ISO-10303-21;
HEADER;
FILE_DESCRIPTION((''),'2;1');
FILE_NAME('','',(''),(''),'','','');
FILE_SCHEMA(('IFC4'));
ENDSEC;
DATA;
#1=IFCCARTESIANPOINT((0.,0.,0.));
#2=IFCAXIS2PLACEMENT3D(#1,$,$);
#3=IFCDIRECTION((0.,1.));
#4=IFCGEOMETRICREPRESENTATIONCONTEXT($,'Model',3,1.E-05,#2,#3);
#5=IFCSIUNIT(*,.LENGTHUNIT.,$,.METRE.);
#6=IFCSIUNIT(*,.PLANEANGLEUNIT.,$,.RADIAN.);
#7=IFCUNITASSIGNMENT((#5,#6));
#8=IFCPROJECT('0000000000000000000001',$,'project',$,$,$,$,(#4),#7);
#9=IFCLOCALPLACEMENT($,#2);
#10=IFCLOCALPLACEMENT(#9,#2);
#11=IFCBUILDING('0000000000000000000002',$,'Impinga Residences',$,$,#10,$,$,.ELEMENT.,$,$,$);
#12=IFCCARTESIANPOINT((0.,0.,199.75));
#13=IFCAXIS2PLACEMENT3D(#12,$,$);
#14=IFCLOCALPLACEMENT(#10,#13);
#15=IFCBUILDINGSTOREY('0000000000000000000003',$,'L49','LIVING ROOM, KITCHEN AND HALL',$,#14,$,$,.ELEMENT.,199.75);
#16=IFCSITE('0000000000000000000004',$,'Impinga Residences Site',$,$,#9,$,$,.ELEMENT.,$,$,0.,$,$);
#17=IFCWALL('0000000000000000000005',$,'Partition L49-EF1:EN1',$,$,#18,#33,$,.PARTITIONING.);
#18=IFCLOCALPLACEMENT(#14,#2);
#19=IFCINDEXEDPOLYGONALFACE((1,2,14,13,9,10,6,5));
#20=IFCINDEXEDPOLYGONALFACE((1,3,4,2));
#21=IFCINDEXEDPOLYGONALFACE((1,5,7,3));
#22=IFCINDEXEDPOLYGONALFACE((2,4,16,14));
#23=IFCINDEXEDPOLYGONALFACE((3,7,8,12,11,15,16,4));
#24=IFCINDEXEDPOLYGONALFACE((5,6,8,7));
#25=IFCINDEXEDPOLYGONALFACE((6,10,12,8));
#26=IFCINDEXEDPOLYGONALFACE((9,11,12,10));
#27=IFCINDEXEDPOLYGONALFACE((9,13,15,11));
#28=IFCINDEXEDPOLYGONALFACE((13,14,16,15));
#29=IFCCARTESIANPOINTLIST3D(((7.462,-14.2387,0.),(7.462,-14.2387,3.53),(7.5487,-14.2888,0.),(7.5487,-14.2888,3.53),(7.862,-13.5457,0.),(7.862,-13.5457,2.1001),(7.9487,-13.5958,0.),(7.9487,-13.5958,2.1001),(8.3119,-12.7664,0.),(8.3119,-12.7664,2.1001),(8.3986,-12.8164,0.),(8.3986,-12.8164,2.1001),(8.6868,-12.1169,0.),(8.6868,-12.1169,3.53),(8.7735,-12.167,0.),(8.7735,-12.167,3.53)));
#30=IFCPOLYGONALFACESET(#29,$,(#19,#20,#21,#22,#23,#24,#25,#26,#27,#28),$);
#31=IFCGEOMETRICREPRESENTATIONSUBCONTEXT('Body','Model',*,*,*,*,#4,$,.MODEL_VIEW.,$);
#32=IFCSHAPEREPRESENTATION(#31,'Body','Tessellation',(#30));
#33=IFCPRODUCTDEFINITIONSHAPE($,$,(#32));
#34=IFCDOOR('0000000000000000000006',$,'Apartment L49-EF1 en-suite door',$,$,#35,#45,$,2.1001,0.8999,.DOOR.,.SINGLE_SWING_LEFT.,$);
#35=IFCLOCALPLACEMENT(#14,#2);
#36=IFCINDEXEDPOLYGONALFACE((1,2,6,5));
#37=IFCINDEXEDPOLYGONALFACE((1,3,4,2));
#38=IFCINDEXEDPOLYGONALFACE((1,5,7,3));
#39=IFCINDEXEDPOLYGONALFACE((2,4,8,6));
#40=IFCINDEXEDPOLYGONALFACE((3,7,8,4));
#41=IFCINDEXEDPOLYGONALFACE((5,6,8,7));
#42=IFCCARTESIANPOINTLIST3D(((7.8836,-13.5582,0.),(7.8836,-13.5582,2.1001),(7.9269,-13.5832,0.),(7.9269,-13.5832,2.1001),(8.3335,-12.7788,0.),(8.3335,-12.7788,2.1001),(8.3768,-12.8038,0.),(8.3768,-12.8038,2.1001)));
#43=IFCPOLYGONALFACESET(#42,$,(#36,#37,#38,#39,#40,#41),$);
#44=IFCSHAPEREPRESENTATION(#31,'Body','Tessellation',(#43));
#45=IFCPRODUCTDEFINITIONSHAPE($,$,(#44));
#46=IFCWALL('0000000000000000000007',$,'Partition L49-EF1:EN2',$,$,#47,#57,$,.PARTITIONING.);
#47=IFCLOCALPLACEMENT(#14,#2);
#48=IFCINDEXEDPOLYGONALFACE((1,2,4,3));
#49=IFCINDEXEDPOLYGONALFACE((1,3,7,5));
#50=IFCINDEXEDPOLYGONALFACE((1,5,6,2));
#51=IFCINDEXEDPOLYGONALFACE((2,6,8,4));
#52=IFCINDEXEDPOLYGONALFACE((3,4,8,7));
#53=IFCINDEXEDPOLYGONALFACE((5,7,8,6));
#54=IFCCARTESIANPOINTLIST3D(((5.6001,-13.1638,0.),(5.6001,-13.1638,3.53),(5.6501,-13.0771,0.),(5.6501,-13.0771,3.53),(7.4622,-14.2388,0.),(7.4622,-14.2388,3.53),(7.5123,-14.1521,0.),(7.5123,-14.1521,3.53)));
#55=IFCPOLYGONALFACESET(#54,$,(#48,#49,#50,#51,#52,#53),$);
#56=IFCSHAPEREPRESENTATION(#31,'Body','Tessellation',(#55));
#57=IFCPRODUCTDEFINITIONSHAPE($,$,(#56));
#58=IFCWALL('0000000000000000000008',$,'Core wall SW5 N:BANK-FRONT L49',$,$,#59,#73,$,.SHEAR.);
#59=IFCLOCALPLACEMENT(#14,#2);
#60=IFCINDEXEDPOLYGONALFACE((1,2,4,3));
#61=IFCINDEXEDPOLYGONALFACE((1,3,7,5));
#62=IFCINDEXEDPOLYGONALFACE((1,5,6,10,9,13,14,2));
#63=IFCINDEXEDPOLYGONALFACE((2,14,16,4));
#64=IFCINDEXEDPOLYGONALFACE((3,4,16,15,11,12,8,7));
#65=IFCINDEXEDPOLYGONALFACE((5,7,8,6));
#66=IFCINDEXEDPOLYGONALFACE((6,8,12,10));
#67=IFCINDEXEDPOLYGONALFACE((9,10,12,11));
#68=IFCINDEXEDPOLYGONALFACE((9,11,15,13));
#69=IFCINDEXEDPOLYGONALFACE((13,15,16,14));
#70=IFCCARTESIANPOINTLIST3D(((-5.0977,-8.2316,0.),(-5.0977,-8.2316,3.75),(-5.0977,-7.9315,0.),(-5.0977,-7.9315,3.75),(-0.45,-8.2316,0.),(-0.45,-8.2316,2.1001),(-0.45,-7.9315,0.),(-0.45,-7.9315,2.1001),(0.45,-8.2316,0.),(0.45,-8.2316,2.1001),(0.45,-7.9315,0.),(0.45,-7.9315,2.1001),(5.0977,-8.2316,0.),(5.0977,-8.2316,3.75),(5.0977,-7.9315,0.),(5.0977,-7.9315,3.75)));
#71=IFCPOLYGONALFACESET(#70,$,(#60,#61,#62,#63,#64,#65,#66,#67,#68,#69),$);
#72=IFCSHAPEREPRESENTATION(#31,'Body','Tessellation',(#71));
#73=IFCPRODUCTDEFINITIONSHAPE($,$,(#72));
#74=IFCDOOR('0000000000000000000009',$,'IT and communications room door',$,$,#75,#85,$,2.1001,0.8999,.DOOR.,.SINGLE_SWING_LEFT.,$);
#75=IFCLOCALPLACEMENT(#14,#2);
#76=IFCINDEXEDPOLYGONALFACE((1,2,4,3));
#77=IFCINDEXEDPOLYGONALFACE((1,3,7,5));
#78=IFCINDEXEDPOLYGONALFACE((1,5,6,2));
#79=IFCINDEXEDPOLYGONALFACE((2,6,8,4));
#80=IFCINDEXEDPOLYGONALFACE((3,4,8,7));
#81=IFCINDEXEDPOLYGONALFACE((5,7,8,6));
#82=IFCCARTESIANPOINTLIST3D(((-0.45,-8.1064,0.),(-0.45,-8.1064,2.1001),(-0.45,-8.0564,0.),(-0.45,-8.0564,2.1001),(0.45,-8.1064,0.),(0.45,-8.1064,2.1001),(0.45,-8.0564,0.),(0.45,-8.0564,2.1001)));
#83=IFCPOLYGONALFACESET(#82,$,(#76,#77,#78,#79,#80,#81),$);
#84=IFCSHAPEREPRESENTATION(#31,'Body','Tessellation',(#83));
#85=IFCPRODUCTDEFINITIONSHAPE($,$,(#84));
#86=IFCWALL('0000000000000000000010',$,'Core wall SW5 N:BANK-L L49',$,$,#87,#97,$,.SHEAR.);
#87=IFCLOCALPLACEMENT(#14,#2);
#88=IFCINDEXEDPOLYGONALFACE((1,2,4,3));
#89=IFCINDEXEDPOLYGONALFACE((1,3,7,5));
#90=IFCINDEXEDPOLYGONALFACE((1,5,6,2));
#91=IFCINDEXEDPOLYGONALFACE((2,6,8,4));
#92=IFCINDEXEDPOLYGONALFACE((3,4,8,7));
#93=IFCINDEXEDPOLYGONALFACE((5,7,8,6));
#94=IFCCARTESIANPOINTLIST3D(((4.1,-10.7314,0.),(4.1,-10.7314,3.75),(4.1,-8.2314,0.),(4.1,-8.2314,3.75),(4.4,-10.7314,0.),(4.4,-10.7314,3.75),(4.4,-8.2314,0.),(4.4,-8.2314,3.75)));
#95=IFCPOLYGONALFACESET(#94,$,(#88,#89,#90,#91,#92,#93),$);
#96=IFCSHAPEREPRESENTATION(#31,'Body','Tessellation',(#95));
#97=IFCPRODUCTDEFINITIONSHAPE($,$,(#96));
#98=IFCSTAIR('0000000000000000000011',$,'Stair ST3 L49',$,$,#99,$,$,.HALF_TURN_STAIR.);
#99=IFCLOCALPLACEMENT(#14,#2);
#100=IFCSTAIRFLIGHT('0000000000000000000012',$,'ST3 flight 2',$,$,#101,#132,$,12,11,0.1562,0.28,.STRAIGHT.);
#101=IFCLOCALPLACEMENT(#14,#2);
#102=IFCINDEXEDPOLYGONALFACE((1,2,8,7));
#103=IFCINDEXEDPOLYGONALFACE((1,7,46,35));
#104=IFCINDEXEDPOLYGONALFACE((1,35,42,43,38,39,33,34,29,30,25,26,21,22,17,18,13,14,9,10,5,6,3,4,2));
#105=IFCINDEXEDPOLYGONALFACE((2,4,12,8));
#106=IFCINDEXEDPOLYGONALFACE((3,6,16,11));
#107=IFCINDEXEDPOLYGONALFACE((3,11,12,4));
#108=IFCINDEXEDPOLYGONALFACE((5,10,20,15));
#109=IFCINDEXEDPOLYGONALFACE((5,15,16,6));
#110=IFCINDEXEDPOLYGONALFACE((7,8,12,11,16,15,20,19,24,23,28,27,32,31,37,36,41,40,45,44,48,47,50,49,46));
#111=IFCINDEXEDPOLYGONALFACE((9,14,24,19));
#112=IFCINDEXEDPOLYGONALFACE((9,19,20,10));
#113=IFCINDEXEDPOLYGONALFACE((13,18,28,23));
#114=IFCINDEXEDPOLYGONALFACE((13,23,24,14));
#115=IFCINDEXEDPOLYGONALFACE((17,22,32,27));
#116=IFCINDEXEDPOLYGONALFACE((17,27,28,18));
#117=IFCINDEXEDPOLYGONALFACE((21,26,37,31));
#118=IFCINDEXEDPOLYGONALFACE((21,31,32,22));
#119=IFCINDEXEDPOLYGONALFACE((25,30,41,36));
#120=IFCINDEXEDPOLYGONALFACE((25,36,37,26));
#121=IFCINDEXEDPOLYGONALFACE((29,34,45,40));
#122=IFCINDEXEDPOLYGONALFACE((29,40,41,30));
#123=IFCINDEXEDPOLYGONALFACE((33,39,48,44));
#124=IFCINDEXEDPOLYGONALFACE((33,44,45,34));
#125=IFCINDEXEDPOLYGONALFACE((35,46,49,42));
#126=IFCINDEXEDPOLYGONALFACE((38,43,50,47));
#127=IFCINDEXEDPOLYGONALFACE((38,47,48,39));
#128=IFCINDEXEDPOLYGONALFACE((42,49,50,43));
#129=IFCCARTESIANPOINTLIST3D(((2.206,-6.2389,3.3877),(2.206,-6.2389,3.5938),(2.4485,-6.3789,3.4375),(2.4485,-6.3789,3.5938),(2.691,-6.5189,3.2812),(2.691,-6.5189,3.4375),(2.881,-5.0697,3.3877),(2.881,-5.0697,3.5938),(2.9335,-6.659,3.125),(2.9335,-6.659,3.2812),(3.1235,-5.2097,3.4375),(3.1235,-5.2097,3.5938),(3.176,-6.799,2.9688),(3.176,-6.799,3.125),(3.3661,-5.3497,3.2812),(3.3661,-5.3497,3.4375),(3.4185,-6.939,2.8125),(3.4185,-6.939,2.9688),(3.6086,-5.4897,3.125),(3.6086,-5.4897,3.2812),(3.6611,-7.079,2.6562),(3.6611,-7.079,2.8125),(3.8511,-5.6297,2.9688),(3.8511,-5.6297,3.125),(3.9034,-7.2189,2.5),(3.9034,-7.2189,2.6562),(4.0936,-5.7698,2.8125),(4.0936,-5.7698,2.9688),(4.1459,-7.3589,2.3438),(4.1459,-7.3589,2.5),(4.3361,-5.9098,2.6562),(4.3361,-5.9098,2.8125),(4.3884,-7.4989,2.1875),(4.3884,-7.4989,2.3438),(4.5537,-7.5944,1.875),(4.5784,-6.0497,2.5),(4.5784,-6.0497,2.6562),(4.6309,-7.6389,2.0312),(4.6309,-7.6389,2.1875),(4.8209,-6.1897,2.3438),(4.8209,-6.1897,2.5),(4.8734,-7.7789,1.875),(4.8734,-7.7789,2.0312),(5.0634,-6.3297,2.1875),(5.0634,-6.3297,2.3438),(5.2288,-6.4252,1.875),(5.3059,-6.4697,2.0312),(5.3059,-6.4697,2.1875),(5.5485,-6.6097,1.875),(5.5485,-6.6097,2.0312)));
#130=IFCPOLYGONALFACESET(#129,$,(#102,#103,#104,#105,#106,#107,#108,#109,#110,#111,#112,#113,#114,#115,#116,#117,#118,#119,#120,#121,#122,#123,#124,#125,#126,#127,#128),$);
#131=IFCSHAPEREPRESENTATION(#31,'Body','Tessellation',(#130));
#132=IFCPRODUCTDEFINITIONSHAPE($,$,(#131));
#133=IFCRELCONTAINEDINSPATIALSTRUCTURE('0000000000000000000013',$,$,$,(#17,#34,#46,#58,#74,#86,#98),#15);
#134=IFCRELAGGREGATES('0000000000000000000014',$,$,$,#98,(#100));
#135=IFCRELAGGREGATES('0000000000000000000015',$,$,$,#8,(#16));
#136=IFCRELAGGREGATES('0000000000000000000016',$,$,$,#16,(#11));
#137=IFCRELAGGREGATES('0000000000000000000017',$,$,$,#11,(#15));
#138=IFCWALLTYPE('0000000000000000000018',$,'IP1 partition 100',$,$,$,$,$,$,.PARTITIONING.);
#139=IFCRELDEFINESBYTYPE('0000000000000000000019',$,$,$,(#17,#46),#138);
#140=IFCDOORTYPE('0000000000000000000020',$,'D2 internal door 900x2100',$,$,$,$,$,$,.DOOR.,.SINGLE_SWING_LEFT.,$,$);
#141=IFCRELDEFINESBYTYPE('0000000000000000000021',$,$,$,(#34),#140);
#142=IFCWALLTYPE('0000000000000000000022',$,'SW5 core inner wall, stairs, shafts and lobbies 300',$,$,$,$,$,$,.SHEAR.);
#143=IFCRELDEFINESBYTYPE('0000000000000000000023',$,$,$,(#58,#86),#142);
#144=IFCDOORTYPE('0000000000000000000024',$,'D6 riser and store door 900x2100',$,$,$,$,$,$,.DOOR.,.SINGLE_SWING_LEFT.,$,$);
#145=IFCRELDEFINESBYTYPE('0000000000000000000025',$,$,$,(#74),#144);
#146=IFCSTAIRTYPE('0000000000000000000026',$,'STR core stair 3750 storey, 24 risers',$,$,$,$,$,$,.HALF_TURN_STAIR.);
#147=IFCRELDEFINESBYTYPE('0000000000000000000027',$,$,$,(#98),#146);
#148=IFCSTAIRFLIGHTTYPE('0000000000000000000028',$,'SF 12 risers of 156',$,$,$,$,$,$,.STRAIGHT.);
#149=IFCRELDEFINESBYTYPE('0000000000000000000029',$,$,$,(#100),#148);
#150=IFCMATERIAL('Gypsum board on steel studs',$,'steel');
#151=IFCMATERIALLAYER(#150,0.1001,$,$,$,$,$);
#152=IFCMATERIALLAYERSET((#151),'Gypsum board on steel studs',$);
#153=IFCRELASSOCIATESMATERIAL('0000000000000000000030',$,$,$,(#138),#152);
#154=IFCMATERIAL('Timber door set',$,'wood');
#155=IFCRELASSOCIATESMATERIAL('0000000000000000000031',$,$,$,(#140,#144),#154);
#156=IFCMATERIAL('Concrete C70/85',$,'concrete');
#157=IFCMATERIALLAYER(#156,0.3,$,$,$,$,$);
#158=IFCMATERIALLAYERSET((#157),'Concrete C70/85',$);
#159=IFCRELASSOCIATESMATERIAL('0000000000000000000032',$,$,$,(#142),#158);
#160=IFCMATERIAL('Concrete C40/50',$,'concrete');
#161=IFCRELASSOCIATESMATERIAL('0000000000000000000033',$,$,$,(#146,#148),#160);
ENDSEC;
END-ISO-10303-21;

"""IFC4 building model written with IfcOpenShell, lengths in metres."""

from ifc_helpers import new_model, si_unit, direction, frame, frame_2d, origin, place, context, subcontext, project, spatial, polyline, rectangle, outline, extrude, material, layer, layer_set, type_object, element, fill, aggregate, save


model = new_model("IFC4")

# Units and contexts
model_context = context("Model", 3, precision=1e-05, world=origin(), true_north=direction((0.0, 1.0)))
body_context = subcontext(model_context, "Body", "Model", "MODEL_VIEW")
ifc_project = project(units=[si_unit("LENGTHUNIT", "METRE"), si_unit("PLANEANGLEUNIT", "RADIAN")], contexts=[model_context])

# Site, building, storey
site_placement = place(None, origin())
site = spatial("IfcSite", under=ifc_project, at=site_placement, Name="Impinga Residences Site", CompositionType="ELEMENT", RefElevation=0.0)
building_placement = place(site_placement, origin())
building = spatial("IfcBuilding", under=site, at=building_placement, Name="Impinga Residences", CompositionType="ELEMENT")
storey_placement = place(building_placement, frame((0.0, 0.0, 199.75)))
storey = spatial("IfcBuildingStorey", under=building, at=storey_placement, Name="L49", Description="LIVING ROOM, KITCHEN AND HALL", CompositionType="ELEMENT", Elevation=199.75)

# Shared definitions
ifc_material_1 = material(Name="Timber door set", Category="wood")

# Shared definitions
ifc_material_2 = material(Name="Gypsum board on steel studs", Category="steel")
ifc_layer_1 = layer(ifc_material_2, 0.1001)
ifc_layer_set_1 = layer_set([ifc_layer_1], Name="Gypsum board on steel studs")
wall_type_1 = type_object("IfcWallType", Name="IP1 partition 100", PredefinedType="PARTITIONING", material=ifc_layer_set_1)

# Shared definitions
door_type_1 = type_object("IfcDoorType", Name="D2 internal door 900x2100", OperationType="SINGLE_SWING_LEFT", PredefinedType="DOOR", material=ifc_material_1)

# Wall, opening, door
wall_1_placement = place(storey_placement, frame((8.7302, -12.1418, 0.0), z_axis=(0.0, 0.0, 1.0), x_axis=(-0.499944, -0.866058, 0.0)))
wall_1 = element("IfcWall", 1, at=wall_1_placement, inside=storey, type_object=wall_type_1, Name="Partition L49-EF1:EN1", PredefinedType="PARTITIONING", context=body_context, shape_type="SweptSolid", body=[
    extrude(rectangle(XDim=2.45, YDim=0.1001, at=frame_2d((1.2251, 0.0))), origin(), (0.0, 0.0, 1.0), 3.53),
])
opening_1_placement = place(wall_1_placement, frame((0.75, 0.0, 0.0)))
opening_1 = element("IfcOpeningElement", 2, at=opening_1_placement, cuts=wall_1, PredefinedType="OPENING", context=body_context, shape_type="SweptSolid", body=[
    extrude(rectangle(XDim=0.8999, YDim=2.1001, at=frame_2d((0.45, 1.05))), frame((0.0, 0.0601, 0.0), z_axis=(0.0, -1.0, 0.0), x_axis=(1.0, 0.0, 0.0)), (0.0, 0.0, 1.0), 0.1201),
])
door_1_placement = place(opening_1_placement, origin())
door_1 = element("IfcDoor", 3, at=door_1_placement, inside=storey, type_object=door_type_1, Name="Apartment L49-EF1 en-suite door", OperationType="SINGLE_SWING_LEFT", OverallHeight=2.1001, OverallWidth=0.8999, PredefinedType="DOOR", context=body_context, shape_type="SweptSolid", body=[
    extrude(rectangle(XDim=0.8999, YDim=2.1001, at=frame_2d((0.45, 1.05))), frame((0.0, 0.0249, 0.0), z_axis=(0.0, -1.0, 0.0), x_axis=(1.0, 0.0, 0.0)), (0.0, 0.0, 1.0), 0.05),
])
fill(opening_1, door_1)

# Wall
wall_2_placement = place(storey_placement, frame((5.625, -13.1204, 0.0), z_axis=(0.0, 0.0, 1.0), x_axis=(0.866048, -0.499962, 0.0)))
element("IfcWall", 4, at=wall_2_placement, inside=storey, type_object=wall_type_1, Name="Partition L49-EF1:EN2", PredefinedType="PARTITIONING", context=body_context, shape_type="SweptSolid", body=[
    extrude(rectangle(XDim=2.1501, YDim=0.1001, at=frame_2d((1.0752, 0.0))), origin(), (0.0, 0.0, 1.0), 3.53),
])

# Wall, opening, door
ifc_material_3 = material(Name="Concrete C70/85", Category="concrete")
ifc_layer_2 = layer(ifc_material_3, 0.3)
ifc_layer_set_2 = layer_set([ifc_layer_2], Name="Concrete C70/85")
wall_type_2 = type_object("IfcWallType", Name="SW5 core inner wall, stairs, shafts and lobbies 300", PredefinedType="SHEAR", material=ifc_layer_set_2)
wall_3_placement = place(storey_placement, frame((5.0977, -8.0815, 0.0), z_axis=(0.0, 0.0, 1.0), x_axis=(-1.0, 0.0, 0.0)))
wall_3 = element("IfcWall", 5, at=wall_3_placement, inside=storey, type_object=wall_type_2, Name="Core wall SW5 N:BANK-FRONT L49", PredefinedType="SHEAR", context=body_context, shape_type="SweptSolid", body=[
    extrude(rectangle(XDim=10.1953, YDim=0.3, at=frame_2d((5.0977, 0.0))), origin(), (0.0, 0.0, 1.0), 3.75),
])
opening_2_placement = place(wall_3_placement, frame((4.6477, 0.0, 0.0)))
opening_2 = element("IfcOpeningElement", 6, at=opening_2_placement, cuts=wall_3, PredefinedType="OPENING", context=body_context, shape_type="SweptSolid", body=[
    extrude(rectangle(XDim=0.8999, YDim=2.1001, at=frame_2d((0.45, 1.05))), frame((0.0, 0.1599, 0.0), z_axis=(0.0, -1.0, 0.0), x_axis=(1.0, 0.0, 0.0)), (0.0, 0.0, 1.0), 0.3201),
])
door_type_2 = type_object("IfcDoorType", Name="D6 riser and store door 900x2100", OperationType="SINGLE_SWING_LEFT", PredefinedType="DOOR", material=ifc_material_1)
door_2_placement = place(opening_2_placement, origin())
door_2 = element("IfcDoor", 7, at=door_2_placement, inside=storey, type_object=door_type_2, Name="IT and communications room door", OperationType="SINGLE_SWING_LEFT", OverallHeight=2.1001, OverallWidth=0.8999, PredefinedType="DOOR", context=body_context, shape_type="SweptSolid", body=[
    extrude(rectangle(XDim=0.8999, YDim=2.1001, at=frame_2d((0.45, 1.05))), frame((0.0, 0.0249, 0.0), z_axis=(0.0, -1.0, 0.0), x_axis=(1.0, 0.0, 0.0)), (0.0, 0.0, 1.0), 0.05),
])
fill(opening_2, door_2)

# Wall
wall_4_placement = place(storey_placement, frame((4.25, -8.2314, 0.0), z_axis=(0.0, 0.0, 1.0), x_axis=(0.0, -1.0, 0.0)))
element("IfcWall", 8, at=wall_4_placement, inside=storey, type_object=wall_type_2, Name="Core wall SW5 N:BANK-L L49", PredefinedType="SHEAR", context=body_context, shape_type="SweptSolid", body=[
    extrude(rectangle(XDim=2.5, YDim=0.3, at=frame_2d((1.25, 0.0))), origin(), (0.0, 0.0, 1.0), 3.75),
])

# Stair, stair flight
ifc_material_4 = material(Name="Concrete C40/50", Category="concrete")
stair_type = type_object("IfcStairType", Name="STR core stair 3750 storey, 24 risers", PredefinedType="HALF_TURN_STAIR", material=ifc_material_4)
stair_placement = place(storey_placement, origin())
stair = element("IfcStair", 9, at=stair_placement, inside=storey, type_object=stair_type, Name="Stair ST3 L49", PredefinedType="HALF_TURN_STAIR")
stair_flight_type = type_object("IfcStairFlightType", Name="SF 12 risers of 156", PredefinedType="STRAIGHT", material=ifc_material_4)
stair_flight_placement = place(storey_placement, frame((5.2109, -7.1943, 1.875), z_axis=(0.0, 0.0, 1.0), x_axis=(-0.866025, 0.5, 0.0)))
stair_flight = element("IfcStairFlight", 10, at=stair_flight_placement, type_object=stair_flight_type, Name="ST3 flight 2", NumberOfRisers=12, NumberOfTreads=11, PredefinedType="STRAIGHT", RiserHeight=0.1562, TreadLength=0.28, context=body_context, shape_type="SweptSolid", body=[
    extrude(outline(polyline([(0.0, 0.0), (0.0, 0.1562), (0.28, 0.1562), (0.28, 0.3125), (0.5601, 0.3125), (0.5601, 0.4688), (0.8401, 0.4688), (0.8401, 0.625), (1.1201, 0.625), (1.1201, 0.7812), (1.3999, 0.7812), (1.3999, 0.9375), (1.6799, 0.9375), (1.6799, 1.0938), (1.96, 1.0938), (1.96, 1.25), (2.24, 1.25), (2.24, 1.4062), (2.52, 1.4062), (2.52, 1.5625), (2.8, 1.5625), (2.8, 1.7188), (3.0801, 1.7188), (3.0801, 1.875), (3.0801, 1.5127), (0.3691, 0.0), (0.0, 0.0)])), frame((0.0, 0.675, 0.0), z_axis=(0.0, -1.0, 0.0), x_axis=(1.0, 0.0, 0.0)), (0.0, 0.0, 1.0), 1.3501),
])
aggregate(stair, [stair_flight])

save(model, "model.ifc")
